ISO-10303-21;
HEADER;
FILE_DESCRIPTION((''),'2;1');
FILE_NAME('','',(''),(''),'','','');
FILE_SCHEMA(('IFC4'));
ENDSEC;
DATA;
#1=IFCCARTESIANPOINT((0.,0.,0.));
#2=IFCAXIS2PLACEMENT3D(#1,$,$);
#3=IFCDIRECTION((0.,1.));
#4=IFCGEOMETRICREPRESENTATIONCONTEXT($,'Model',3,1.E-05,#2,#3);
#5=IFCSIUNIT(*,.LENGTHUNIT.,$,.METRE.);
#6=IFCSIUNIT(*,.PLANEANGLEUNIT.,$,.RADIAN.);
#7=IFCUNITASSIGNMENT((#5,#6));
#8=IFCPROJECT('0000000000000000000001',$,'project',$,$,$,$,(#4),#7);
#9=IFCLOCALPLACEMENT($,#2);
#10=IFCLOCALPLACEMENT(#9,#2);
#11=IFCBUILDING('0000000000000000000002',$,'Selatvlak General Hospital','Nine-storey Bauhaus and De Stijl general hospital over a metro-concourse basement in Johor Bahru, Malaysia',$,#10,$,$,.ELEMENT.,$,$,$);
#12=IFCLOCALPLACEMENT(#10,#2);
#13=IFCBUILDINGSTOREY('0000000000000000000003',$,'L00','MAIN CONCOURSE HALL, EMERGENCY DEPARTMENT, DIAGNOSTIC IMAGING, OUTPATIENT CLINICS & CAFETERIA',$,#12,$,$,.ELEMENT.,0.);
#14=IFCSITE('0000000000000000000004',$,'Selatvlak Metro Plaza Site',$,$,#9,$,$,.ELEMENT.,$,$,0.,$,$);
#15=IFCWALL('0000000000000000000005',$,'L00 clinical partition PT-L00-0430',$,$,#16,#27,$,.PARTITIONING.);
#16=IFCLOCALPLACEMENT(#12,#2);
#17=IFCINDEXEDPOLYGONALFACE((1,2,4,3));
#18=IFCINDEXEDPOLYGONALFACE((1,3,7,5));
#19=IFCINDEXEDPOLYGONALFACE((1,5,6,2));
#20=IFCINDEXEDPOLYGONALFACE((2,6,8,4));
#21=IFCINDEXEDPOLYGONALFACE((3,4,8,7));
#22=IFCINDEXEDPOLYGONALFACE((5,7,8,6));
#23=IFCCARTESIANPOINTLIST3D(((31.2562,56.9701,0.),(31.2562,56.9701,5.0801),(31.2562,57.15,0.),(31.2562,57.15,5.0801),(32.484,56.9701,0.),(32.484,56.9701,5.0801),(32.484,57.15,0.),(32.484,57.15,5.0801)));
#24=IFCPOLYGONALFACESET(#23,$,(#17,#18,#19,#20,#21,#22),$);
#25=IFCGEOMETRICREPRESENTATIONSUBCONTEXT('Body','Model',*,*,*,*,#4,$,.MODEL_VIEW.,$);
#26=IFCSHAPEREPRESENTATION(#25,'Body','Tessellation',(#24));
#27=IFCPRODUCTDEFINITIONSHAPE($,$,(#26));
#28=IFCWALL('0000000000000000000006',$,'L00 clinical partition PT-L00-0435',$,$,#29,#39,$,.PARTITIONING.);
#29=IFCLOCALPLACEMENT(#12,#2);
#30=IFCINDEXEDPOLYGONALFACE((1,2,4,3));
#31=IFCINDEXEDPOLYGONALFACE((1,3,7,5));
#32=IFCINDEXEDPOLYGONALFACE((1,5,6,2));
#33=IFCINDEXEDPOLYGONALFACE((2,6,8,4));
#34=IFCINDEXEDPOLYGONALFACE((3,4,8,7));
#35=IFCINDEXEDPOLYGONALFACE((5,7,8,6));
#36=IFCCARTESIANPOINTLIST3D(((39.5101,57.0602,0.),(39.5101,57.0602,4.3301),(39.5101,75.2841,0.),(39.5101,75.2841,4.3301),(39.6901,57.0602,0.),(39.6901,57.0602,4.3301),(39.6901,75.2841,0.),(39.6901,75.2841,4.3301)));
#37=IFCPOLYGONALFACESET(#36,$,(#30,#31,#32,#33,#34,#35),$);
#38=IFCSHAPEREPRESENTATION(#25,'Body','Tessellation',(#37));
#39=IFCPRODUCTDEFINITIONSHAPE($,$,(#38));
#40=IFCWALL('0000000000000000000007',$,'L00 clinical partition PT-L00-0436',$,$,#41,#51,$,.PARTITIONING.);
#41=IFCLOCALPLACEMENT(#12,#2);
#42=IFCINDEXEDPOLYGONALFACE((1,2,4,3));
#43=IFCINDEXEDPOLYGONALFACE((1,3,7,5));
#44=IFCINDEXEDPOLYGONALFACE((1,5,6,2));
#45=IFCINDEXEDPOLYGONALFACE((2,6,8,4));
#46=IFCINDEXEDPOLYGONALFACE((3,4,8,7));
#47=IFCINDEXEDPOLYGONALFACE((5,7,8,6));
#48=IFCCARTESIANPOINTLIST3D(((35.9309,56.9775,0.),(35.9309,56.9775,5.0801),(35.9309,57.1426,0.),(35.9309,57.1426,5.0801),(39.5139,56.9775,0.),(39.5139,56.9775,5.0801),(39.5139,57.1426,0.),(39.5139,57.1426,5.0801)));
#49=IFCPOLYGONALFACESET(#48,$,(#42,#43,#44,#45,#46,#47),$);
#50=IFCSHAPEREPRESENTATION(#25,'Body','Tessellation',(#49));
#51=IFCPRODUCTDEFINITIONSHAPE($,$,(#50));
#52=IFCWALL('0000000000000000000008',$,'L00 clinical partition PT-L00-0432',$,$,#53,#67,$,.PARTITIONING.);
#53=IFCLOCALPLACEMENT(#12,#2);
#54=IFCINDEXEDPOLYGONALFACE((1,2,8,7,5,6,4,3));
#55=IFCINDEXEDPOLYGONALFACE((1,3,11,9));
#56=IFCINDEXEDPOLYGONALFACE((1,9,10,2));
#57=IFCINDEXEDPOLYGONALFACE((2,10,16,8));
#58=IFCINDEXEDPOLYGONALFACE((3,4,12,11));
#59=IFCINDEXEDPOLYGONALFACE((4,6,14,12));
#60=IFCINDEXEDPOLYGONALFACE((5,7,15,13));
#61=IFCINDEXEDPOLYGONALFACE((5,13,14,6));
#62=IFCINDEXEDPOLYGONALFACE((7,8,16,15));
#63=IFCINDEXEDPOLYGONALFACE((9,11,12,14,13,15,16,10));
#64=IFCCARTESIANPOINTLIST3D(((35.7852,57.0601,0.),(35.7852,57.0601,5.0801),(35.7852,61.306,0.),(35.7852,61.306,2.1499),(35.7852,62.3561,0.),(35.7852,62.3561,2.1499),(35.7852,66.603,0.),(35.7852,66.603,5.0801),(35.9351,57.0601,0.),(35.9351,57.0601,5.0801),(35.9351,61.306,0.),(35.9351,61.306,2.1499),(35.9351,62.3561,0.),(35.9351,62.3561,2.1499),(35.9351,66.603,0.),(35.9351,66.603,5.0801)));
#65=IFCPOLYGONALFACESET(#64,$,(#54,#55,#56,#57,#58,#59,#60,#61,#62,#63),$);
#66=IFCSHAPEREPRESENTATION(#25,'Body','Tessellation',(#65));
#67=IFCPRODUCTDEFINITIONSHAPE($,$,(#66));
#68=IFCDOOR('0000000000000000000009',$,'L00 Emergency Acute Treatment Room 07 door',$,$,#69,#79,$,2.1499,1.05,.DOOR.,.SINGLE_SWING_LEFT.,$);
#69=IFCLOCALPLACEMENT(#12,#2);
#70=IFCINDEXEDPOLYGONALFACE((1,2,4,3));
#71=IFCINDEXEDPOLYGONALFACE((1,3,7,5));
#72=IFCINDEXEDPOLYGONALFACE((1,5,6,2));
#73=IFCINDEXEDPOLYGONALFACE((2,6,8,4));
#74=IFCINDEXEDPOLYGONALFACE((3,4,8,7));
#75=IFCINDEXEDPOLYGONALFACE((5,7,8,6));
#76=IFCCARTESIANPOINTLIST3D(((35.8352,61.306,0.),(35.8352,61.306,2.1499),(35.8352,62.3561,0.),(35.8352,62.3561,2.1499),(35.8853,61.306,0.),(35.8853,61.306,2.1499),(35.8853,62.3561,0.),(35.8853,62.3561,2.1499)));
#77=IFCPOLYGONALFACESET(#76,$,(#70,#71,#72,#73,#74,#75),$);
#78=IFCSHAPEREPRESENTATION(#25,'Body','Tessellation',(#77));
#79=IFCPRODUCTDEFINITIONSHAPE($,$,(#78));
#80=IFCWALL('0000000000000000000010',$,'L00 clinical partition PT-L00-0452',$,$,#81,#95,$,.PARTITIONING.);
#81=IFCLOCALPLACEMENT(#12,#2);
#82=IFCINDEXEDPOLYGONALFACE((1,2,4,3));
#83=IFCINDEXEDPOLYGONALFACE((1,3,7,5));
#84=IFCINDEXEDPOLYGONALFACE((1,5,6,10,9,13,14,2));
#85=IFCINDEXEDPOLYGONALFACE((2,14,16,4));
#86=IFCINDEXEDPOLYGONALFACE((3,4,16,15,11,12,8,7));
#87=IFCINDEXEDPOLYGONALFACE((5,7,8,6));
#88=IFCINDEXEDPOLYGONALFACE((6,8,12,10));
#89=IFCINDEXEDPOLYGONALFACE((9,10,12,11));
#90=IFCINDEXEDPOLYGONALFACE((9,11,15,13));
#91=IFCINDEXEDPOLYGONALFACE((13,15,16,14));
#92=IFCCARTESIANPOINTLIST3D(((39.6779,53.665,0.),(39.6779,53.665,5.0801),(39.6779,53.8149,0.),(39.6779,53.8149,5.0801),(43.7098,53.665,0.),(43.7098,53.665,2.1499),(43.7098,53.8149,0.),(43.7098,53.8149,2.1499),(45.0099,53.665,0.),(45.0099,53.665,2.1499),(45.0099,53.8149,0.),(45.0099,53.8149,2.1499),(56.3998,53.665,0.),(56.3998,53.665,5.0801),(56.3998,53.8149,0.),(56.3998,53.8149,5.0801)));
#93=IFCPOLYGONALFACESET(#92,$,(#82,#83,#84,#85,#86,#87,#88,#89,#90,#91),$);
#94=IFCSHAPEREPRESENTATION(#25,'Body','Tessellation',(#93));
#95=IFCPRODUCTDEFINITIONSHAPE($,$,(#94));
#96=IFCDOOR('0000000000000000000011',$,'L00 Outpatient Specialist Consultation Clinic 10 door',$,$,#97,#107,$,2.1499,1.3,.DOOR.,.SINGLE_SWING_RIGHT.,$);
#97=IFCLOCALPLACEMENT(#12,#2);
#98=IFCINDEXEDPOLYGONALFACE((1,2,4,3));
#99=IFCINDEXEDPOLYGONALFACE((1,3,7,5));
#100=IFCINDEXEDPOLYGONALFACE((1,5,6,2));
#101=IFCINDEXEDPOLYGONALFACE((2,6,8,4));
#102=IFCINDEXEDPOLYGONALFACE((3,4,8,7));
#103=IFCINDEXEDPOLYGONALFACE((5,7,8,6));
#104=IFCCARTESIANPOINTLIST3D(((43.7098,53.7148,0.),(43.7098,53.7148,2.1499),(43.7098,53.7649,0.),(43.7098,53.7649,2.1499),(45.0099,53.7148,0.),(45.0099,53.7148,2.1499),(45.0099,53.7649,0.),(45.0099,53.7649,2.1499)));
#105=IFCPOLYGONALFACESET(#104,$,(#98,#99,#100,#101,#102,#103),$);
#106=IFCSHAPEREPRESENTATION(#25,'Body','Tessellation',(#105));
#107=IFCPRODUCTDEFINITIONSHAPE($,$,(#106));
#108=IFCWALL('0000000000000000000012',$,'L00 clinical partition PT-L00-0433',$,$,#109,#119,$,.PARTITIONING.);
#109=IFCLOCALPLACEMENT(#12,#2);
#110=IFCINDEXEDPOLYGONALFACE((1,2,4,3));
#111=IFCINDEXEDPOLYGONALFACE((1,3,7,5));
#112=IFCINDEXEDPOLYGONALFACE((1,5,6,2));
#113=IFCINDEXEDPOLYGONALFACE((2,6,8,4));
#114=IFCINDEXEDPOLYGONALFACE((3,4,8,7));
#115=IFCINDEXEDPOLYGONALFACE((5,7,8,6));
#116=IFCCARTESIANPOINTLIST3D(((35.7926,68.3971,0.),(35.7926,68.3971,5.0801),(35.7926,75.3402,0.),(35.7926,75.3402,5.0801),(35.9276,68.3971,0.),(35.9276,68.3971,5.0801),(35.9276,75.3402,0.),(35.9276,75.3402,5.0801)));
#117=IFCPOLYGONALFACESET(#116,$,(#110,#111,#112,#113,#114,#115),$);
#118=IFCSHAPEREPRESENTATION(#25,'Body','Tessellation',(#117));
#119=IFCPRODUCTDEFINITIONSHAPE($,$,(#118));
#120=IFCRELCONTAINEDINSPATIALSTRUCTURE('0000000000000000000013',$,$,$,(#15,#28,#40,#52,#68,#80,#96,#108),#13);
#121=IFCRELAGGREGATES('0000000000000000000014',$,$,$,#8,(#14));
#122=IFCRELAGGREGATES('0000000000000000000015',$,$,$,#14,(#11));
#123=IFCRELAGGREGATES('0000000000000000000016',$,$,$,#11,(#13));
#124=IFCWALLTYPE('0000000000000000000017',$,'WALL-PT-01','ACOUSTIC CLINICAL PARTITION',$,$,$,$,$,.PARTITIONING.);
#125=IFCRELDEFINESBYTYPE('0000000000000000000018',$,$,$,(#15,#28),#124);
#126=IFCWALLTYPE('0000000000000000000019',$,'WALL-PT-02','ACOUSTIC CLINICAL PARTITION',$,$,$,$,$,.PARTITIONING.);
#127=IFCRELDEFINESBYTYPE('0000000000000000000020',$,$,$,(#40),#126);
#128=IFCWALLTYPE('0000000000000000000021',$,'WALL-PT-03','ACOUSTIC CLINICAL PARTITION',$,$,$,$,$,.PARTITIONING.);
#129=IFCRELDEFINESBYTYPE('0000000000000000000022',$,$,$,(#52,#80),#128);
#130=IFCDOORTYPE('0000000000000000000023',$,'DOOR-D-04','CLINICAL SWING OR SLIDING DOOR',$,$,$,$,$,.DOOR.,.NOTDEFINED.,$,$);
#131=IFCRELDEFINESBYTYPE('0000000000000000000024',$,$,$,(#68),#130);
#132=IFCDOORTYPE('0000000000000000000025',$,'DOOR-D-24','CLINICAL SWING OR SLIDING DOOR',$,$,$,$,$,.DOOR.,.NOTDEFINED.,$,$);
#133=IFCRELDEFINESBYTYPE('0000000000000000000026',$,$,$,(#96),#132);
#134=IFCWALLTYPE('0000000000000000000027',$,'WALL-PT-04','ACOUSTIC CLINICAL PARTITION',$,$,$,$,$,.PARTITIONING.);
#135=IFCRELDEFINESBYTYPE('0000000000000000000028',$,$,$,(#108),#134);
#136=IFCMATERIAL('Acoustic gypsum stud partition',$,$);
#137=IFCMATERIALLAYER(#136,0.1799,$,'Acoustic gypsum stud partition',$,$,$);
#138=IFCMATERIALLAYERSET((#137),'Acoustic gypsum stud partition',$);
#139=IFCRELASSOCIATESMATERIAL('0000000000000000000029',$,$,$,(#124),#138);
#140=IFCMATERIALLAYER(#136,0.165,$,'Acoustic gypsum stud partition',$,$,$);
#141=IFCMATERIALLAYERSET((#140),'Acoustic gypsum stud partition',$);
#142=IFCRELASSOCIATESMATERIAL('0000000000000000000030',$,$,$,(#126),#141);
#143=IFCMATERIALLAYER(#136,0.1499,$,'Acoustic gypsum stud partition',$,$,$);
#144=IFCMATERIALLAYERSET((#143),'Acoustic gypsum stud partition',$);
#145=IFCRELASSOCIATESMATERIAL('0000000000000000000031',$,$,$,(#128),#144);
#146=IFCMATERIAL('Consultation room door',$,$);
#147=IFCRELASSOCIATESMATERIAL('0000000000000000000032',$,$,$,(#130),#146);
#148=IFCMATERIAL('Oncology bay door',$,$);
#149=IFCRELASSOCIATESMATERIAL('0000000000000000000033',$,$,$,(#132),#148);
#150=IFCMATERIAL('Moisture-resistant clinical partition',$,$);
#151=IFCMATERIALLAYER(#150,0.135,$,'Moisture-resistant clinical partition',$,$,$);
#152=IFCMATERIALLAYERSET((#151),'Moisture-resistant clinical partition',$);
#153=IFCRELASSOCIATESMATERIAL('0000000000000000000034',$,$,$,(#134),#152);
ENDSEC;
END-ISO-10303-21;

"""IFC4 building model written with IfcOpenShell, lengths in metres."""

from ifc_helpers import new_model, si_unit, direction, frame, frame_2d, origin, place, context, subcontext, project, spatial, rectangle, extrude, material, layer, layer_set, type_object, element, fill, save


model = new_model("IFC4")

# Units and contexts
model_context = context("Model", 3, precision=1e-05, world=origin(), true_north=direction((0.0, 1.0)))
body_context = subcontext(model_context, "Body", "Model", "MODEL_VIEW")
ifc_project = project(units=[si_unit("LENGTHUNIT", "METRE"), si_unit("PLANEANGLEUNIT", "RADIAN")], contexts=[model_context])

# Site, building, storey
site_placement = place(None, origin())
site = spatial("IfcSite", under=ifc_project, at=site_placement, Name="Selatvlak Metro Plaza Site", CompositionType="ELEMENT", RefElevation=0.0)
building_placement = place(site_placement, origin())
building = spatial("IfcBuilding", under=site, at=building_placement, Name="Selatvlak General Hospital", Description="Nine-storey Bauhaus and De Stijl general hospital over a metro-concourse basement in Johor Bahru, Malaysia", CompositionType="ELEMENT")
storey_placement = place(building_placement, origin())
storey = spatial("IfcBuildingStorey", under=building, at=storey_placement, Name="L00", Description="MAIN CONCOURSE HALL, EMERGENCY DEPARTMENT, DIAGNOSTIC IMAGING, OUTPATIENT CLINICS & CAFETERIA", CompositionType="ELEMENT", Elevation=0.0)

# Walls
ifc_material_1 = material(Name="Acoustic gypsum stud partition")
ifc_layer_1 = layer(ifc_material_1, 0.1799, Name="Acoustic gypsum stud partition")
ifc_layer_set_1 = layer_set([ifc_layer_1], Name="Acoustic gypsum stud partition")
wall_type_1 = type_object("IfcWallType", Name="WALL-PT-01", Description="ACOUSTIC CLINICAL PARTITION", PredefinedType="PARTITIONING", material=ifc_layer_set_1)
wall_1_placement = place(storey_placement, frame((32.4839, 57.0601, 0.0), z_axis=(0.0, 0.0, 1.0), x_axis=(-1.0, 0.0, 0.0)))
element("IfcWall", 1, at=wall_1_placement, inside=storey, type_object=wall_type_1, Name="L00 clinical partition PT-L00-0430", PredefinedType="PARTITIONING", context=body_context, shape_type="SweptSolid", body=[
    extrude(rectangle(XDim=1.2278, YDim=0.1799, at=frame_2d((0.6138, 0.0))), origin(), (0.0, 0.0, 1.0), 5.0801),
])
wall_2_placement = place(storey_placement, frame((39.6001, 75.2839, 0.0), z_axis=(0.0, 0.0, 1.0), x_axis=(0.0, -1.0, 0.0)))
element("IfcWall", 2, at=wall_2_placement, inside=storey, type_object=wall_type_1, Name="L00 clinical partition PT-L00-0435", PredefinedType="PARTITIONING", context=body_context, shape_type="SweptSolid", body=[
    extrude(rectangle(XDim=18.2239, YDim=0.1799, at=frame_2d((9.1118, 0.0))), origin(), (0.0, 0.0, 1.0), 4.3301),
])
ifc_layer_2 = layer(ifc_material_1, 0.165, Name="Acoustic gypsum stud partition")
ifc_layer_set_2 = layer_set([ifc_layer_2], Name="Acoustic gypsum stud partition")
wall_type_2 = type_object("IfcWallType", Name="WALL-PT-02", Description="ACOUSTIC CLINICAL PARTITION", PredefinedType="PARTITIONING", material=ifc_layer_set_2)
wall_3_placement = place(storey_placement, frame((39.5139, 57.0601, 0.0), z_axis=(0.0, 0.0, 1.0), x_axis=(-1.0, 0.0, 0.0)))
element("IfcWall", 3, at=wall_3_placement, inside=storey, type_object=wall_type_2, Name="L00 clinical partition PT-L00-0436", PredefinedType="PARTITIONING", context=body_context, shape_type="SweptSolid", body=[
    extrude(rectangle(XDim=3.583, YDim=0.165, at=frame_2d((1.7915, 0.0))), origin(), (0.0, 0.0, 1.0), 5.0801),
])

# Walls, openings, doors
ifc_layer_3 = layer(ifc_material_1, 0.1499, Name="Acoustic gypsum stud partition")
ifc_layer_set_3 = layer_set([ifc_layer_3], Name="Acoustic gypsum stud partition")
wall_type_3 = type_object("IfcWallType", Name="WALL-PT-03", Description="ACOUSTIC CLINICAL PARTITION", PredefinedType="PARTITIONING", material=ifc_layer_set_3)
wall_4_placement = place(storey_placement, frame((35.8601, 57.0601, 0.0), z_axis=(0.0, 0.0, 1.0), x_axis=(0.0, 1.0, 0.0)))
wall_4 = element("IfcWall", 4, at=wall_4_placement, inside=storey, type_object=wall_type_3, Name="L00 clinical partition PT-L00-0432", PredefinedType="PARTITIONING", context=body_context, shape_type="SweptSolid", body=[
    extrude(rectangle(XDim=9.543, YDim=0.1499, at=frame_2d((4.7715, 0.0))), origin(), (0.0, 0.0, 1.0), 5.0801),
])
opening_1_placement = place(wall_4_placement, frame((4.2461, 0.0, 0.0)))
opening_1 = element("IfcOpeningElement", 5, at=opening_1_placement, cuts=wall_4, PredefinedType="OPENING", context=body_context, shape_type="SweptSolid", body=[
    extrude(rectangle(XDim=1.05, YDim=2.1499, at=frame_2d((0.5249, 1.075))), frame((0.0, 0.085, 0.0), z_axis=(0.0, -1.0, 0.0), x_axis=(1.0, 0.0, 0.0)), (0.0, 0.0, 1.0), 0.1699),
])
ifc_material_2 = material(Name="Consultation room door")
door_type_1 = type_object("IfcDoorType", Name="DOOR-D-04", Description="CLINICAL SWING OR SLIDING DOOR", OperationType="NOTDEFINED", PredefinedType="DOOR", material=ifc_material_2)
door_1_placement = place(opening_1_placement, origin())
door_1 = element("IfcDoor", 6, at=door_1_placement, inside=storey, type_object=door_type_1, Name="L00 Emergency Acute Treatment Room 07 door", OperationType="SINGLE_SWING_LEFT", OverallHeight=2.1499, OverallWidth=1.05, PredefinedType="DOOR", context=body_context, shape_type="SweptSolid", body=[
    extrude(rectangle(XDim=1.05, YDim=2.1499, at=frame_2d((0.5249, 1.075))), frame((0.0, 0.0249, 0.0), z_axis=(0.0, -1.0, 0.0), x_axis=(1.0, 0.0, 0.0)), (0.0, 0.0, 1.0), 0.05),
])
fill(opening_1, door_1)
wall_5_placement = place(storey_placement, frame((39.678, 53.74, 0.0), z_axis=(0.0, 0.0, 1.0), x_axis=(1.0, 0.0, 0.0)))
wall_5 = element("IfcWall", 7, at=wall_5_placement, inside=storey, type_object=wall_type_3, Name="L00 clinical partition PT-L00-0452", PredefinedType="PARTITIONING", context=body_context, shape_type="SweptSolid", body=[
    extrude(rectangle(XDim=16.7219, YDim=0.1499, at=frame_2d((8.3608, 0.0))), origin(), (0.0, 0.0, 1.0), 5.0801),
])
opening_2_placement = place(wall_5_placement, frame((4.032, 0.0, 0.0)))
opening_2 = element("IfcOpeningElement", 8, at=opening_2_placement, cuts=wall_5, PredefinedType="OPENING", context=body_context, shape_type="SweptSolid", body=[
    extrude(rectangle(XDim=1.3, YDim=2.1499, at=frame_2d((0.6499, 1.075))), frame((0.0, 0.085, 0.0), z_axis=(0.0, -1.0, 0.0), x_axis=(1.0, 0.0, 0.0)), (0.0, 0.0, 1.0), 0.1699),
])
ifc_material_3 = material(Name="Oncology bay door")
door_type_2 = type_object("IfcDoorType", Name="DOOR-D-24", Description="CLINICAL SWING OR SLIDING DOOR", OperationType="NOTDEFINED", PredefinedType="DOOR", material=ifc_material_3)
door_2_placement = place(opening_2_placement, origin())
door_2 = element("IfcDoor", 9, at=door_2_placement, inside=storey, type_object=door_type_2, Name="L00 Outpatient Specialist Consultation Clinic 10 door", OperationType="SINGLE_SWING_RIGHT", OverallHeight=2.1499, OverallWidth=1.3, PredefinedType="DOOR", context=body_context, shape_type="SweptSolid", body=[
    extrude(rectangle(XDim=1.3, YDim=2.1499, at=frame_2d((0.6499, 1.075))), frame((0.0, 0.0249, 0.0), z_axis=(0.0, -1.0, 0.0), x_axis=(1.0, 0.0, 0.0)), (0.0, 0.0, 1.0), 0.05),
])
fill(opening_2, door_2)

# Wall
ifc_material_4 = material(Name="Moisture-resistant clinical partition")
ifc_layer_4 = layer(ifc_material_4, 0.135, Name="Moisture-resistant clinical partition")
ifc_layer_set_4 = layer_set([ifc_layer_4], Name="Moisture-resistant clinical partition")
wall_type_4 = type_object("IfcWallType", Name="WALL-PT-04", Description="ACOUSTIC CLINICAL PARTITION", PredefinedType="PARTITIONING", material=ifc_layer_set_4)
wall_6_placement = place(storey_placement, frame((35.8601, 68.397, 0.0), z_axis=(0.0, 0.0, 1.0), x_axis=(0.0, 1.0, 0.0)))
element("IfcWall", 10, at=wall_6_placement, inside=storey, type_object=wall_type_4, Name="L00 clinical partition PT-L00-0433", PredefinedType="PARTITIONING", context=body_context, shape_type="SweptSolid", body=[
    extrude(rectangle(XDim=6.9431, YDim=0.135, at=frame_2d((3.4717, 0.0))), origin(), (0.0, 0.0, 1.0), 5.0801),
])

save(model, "model.ifc")
